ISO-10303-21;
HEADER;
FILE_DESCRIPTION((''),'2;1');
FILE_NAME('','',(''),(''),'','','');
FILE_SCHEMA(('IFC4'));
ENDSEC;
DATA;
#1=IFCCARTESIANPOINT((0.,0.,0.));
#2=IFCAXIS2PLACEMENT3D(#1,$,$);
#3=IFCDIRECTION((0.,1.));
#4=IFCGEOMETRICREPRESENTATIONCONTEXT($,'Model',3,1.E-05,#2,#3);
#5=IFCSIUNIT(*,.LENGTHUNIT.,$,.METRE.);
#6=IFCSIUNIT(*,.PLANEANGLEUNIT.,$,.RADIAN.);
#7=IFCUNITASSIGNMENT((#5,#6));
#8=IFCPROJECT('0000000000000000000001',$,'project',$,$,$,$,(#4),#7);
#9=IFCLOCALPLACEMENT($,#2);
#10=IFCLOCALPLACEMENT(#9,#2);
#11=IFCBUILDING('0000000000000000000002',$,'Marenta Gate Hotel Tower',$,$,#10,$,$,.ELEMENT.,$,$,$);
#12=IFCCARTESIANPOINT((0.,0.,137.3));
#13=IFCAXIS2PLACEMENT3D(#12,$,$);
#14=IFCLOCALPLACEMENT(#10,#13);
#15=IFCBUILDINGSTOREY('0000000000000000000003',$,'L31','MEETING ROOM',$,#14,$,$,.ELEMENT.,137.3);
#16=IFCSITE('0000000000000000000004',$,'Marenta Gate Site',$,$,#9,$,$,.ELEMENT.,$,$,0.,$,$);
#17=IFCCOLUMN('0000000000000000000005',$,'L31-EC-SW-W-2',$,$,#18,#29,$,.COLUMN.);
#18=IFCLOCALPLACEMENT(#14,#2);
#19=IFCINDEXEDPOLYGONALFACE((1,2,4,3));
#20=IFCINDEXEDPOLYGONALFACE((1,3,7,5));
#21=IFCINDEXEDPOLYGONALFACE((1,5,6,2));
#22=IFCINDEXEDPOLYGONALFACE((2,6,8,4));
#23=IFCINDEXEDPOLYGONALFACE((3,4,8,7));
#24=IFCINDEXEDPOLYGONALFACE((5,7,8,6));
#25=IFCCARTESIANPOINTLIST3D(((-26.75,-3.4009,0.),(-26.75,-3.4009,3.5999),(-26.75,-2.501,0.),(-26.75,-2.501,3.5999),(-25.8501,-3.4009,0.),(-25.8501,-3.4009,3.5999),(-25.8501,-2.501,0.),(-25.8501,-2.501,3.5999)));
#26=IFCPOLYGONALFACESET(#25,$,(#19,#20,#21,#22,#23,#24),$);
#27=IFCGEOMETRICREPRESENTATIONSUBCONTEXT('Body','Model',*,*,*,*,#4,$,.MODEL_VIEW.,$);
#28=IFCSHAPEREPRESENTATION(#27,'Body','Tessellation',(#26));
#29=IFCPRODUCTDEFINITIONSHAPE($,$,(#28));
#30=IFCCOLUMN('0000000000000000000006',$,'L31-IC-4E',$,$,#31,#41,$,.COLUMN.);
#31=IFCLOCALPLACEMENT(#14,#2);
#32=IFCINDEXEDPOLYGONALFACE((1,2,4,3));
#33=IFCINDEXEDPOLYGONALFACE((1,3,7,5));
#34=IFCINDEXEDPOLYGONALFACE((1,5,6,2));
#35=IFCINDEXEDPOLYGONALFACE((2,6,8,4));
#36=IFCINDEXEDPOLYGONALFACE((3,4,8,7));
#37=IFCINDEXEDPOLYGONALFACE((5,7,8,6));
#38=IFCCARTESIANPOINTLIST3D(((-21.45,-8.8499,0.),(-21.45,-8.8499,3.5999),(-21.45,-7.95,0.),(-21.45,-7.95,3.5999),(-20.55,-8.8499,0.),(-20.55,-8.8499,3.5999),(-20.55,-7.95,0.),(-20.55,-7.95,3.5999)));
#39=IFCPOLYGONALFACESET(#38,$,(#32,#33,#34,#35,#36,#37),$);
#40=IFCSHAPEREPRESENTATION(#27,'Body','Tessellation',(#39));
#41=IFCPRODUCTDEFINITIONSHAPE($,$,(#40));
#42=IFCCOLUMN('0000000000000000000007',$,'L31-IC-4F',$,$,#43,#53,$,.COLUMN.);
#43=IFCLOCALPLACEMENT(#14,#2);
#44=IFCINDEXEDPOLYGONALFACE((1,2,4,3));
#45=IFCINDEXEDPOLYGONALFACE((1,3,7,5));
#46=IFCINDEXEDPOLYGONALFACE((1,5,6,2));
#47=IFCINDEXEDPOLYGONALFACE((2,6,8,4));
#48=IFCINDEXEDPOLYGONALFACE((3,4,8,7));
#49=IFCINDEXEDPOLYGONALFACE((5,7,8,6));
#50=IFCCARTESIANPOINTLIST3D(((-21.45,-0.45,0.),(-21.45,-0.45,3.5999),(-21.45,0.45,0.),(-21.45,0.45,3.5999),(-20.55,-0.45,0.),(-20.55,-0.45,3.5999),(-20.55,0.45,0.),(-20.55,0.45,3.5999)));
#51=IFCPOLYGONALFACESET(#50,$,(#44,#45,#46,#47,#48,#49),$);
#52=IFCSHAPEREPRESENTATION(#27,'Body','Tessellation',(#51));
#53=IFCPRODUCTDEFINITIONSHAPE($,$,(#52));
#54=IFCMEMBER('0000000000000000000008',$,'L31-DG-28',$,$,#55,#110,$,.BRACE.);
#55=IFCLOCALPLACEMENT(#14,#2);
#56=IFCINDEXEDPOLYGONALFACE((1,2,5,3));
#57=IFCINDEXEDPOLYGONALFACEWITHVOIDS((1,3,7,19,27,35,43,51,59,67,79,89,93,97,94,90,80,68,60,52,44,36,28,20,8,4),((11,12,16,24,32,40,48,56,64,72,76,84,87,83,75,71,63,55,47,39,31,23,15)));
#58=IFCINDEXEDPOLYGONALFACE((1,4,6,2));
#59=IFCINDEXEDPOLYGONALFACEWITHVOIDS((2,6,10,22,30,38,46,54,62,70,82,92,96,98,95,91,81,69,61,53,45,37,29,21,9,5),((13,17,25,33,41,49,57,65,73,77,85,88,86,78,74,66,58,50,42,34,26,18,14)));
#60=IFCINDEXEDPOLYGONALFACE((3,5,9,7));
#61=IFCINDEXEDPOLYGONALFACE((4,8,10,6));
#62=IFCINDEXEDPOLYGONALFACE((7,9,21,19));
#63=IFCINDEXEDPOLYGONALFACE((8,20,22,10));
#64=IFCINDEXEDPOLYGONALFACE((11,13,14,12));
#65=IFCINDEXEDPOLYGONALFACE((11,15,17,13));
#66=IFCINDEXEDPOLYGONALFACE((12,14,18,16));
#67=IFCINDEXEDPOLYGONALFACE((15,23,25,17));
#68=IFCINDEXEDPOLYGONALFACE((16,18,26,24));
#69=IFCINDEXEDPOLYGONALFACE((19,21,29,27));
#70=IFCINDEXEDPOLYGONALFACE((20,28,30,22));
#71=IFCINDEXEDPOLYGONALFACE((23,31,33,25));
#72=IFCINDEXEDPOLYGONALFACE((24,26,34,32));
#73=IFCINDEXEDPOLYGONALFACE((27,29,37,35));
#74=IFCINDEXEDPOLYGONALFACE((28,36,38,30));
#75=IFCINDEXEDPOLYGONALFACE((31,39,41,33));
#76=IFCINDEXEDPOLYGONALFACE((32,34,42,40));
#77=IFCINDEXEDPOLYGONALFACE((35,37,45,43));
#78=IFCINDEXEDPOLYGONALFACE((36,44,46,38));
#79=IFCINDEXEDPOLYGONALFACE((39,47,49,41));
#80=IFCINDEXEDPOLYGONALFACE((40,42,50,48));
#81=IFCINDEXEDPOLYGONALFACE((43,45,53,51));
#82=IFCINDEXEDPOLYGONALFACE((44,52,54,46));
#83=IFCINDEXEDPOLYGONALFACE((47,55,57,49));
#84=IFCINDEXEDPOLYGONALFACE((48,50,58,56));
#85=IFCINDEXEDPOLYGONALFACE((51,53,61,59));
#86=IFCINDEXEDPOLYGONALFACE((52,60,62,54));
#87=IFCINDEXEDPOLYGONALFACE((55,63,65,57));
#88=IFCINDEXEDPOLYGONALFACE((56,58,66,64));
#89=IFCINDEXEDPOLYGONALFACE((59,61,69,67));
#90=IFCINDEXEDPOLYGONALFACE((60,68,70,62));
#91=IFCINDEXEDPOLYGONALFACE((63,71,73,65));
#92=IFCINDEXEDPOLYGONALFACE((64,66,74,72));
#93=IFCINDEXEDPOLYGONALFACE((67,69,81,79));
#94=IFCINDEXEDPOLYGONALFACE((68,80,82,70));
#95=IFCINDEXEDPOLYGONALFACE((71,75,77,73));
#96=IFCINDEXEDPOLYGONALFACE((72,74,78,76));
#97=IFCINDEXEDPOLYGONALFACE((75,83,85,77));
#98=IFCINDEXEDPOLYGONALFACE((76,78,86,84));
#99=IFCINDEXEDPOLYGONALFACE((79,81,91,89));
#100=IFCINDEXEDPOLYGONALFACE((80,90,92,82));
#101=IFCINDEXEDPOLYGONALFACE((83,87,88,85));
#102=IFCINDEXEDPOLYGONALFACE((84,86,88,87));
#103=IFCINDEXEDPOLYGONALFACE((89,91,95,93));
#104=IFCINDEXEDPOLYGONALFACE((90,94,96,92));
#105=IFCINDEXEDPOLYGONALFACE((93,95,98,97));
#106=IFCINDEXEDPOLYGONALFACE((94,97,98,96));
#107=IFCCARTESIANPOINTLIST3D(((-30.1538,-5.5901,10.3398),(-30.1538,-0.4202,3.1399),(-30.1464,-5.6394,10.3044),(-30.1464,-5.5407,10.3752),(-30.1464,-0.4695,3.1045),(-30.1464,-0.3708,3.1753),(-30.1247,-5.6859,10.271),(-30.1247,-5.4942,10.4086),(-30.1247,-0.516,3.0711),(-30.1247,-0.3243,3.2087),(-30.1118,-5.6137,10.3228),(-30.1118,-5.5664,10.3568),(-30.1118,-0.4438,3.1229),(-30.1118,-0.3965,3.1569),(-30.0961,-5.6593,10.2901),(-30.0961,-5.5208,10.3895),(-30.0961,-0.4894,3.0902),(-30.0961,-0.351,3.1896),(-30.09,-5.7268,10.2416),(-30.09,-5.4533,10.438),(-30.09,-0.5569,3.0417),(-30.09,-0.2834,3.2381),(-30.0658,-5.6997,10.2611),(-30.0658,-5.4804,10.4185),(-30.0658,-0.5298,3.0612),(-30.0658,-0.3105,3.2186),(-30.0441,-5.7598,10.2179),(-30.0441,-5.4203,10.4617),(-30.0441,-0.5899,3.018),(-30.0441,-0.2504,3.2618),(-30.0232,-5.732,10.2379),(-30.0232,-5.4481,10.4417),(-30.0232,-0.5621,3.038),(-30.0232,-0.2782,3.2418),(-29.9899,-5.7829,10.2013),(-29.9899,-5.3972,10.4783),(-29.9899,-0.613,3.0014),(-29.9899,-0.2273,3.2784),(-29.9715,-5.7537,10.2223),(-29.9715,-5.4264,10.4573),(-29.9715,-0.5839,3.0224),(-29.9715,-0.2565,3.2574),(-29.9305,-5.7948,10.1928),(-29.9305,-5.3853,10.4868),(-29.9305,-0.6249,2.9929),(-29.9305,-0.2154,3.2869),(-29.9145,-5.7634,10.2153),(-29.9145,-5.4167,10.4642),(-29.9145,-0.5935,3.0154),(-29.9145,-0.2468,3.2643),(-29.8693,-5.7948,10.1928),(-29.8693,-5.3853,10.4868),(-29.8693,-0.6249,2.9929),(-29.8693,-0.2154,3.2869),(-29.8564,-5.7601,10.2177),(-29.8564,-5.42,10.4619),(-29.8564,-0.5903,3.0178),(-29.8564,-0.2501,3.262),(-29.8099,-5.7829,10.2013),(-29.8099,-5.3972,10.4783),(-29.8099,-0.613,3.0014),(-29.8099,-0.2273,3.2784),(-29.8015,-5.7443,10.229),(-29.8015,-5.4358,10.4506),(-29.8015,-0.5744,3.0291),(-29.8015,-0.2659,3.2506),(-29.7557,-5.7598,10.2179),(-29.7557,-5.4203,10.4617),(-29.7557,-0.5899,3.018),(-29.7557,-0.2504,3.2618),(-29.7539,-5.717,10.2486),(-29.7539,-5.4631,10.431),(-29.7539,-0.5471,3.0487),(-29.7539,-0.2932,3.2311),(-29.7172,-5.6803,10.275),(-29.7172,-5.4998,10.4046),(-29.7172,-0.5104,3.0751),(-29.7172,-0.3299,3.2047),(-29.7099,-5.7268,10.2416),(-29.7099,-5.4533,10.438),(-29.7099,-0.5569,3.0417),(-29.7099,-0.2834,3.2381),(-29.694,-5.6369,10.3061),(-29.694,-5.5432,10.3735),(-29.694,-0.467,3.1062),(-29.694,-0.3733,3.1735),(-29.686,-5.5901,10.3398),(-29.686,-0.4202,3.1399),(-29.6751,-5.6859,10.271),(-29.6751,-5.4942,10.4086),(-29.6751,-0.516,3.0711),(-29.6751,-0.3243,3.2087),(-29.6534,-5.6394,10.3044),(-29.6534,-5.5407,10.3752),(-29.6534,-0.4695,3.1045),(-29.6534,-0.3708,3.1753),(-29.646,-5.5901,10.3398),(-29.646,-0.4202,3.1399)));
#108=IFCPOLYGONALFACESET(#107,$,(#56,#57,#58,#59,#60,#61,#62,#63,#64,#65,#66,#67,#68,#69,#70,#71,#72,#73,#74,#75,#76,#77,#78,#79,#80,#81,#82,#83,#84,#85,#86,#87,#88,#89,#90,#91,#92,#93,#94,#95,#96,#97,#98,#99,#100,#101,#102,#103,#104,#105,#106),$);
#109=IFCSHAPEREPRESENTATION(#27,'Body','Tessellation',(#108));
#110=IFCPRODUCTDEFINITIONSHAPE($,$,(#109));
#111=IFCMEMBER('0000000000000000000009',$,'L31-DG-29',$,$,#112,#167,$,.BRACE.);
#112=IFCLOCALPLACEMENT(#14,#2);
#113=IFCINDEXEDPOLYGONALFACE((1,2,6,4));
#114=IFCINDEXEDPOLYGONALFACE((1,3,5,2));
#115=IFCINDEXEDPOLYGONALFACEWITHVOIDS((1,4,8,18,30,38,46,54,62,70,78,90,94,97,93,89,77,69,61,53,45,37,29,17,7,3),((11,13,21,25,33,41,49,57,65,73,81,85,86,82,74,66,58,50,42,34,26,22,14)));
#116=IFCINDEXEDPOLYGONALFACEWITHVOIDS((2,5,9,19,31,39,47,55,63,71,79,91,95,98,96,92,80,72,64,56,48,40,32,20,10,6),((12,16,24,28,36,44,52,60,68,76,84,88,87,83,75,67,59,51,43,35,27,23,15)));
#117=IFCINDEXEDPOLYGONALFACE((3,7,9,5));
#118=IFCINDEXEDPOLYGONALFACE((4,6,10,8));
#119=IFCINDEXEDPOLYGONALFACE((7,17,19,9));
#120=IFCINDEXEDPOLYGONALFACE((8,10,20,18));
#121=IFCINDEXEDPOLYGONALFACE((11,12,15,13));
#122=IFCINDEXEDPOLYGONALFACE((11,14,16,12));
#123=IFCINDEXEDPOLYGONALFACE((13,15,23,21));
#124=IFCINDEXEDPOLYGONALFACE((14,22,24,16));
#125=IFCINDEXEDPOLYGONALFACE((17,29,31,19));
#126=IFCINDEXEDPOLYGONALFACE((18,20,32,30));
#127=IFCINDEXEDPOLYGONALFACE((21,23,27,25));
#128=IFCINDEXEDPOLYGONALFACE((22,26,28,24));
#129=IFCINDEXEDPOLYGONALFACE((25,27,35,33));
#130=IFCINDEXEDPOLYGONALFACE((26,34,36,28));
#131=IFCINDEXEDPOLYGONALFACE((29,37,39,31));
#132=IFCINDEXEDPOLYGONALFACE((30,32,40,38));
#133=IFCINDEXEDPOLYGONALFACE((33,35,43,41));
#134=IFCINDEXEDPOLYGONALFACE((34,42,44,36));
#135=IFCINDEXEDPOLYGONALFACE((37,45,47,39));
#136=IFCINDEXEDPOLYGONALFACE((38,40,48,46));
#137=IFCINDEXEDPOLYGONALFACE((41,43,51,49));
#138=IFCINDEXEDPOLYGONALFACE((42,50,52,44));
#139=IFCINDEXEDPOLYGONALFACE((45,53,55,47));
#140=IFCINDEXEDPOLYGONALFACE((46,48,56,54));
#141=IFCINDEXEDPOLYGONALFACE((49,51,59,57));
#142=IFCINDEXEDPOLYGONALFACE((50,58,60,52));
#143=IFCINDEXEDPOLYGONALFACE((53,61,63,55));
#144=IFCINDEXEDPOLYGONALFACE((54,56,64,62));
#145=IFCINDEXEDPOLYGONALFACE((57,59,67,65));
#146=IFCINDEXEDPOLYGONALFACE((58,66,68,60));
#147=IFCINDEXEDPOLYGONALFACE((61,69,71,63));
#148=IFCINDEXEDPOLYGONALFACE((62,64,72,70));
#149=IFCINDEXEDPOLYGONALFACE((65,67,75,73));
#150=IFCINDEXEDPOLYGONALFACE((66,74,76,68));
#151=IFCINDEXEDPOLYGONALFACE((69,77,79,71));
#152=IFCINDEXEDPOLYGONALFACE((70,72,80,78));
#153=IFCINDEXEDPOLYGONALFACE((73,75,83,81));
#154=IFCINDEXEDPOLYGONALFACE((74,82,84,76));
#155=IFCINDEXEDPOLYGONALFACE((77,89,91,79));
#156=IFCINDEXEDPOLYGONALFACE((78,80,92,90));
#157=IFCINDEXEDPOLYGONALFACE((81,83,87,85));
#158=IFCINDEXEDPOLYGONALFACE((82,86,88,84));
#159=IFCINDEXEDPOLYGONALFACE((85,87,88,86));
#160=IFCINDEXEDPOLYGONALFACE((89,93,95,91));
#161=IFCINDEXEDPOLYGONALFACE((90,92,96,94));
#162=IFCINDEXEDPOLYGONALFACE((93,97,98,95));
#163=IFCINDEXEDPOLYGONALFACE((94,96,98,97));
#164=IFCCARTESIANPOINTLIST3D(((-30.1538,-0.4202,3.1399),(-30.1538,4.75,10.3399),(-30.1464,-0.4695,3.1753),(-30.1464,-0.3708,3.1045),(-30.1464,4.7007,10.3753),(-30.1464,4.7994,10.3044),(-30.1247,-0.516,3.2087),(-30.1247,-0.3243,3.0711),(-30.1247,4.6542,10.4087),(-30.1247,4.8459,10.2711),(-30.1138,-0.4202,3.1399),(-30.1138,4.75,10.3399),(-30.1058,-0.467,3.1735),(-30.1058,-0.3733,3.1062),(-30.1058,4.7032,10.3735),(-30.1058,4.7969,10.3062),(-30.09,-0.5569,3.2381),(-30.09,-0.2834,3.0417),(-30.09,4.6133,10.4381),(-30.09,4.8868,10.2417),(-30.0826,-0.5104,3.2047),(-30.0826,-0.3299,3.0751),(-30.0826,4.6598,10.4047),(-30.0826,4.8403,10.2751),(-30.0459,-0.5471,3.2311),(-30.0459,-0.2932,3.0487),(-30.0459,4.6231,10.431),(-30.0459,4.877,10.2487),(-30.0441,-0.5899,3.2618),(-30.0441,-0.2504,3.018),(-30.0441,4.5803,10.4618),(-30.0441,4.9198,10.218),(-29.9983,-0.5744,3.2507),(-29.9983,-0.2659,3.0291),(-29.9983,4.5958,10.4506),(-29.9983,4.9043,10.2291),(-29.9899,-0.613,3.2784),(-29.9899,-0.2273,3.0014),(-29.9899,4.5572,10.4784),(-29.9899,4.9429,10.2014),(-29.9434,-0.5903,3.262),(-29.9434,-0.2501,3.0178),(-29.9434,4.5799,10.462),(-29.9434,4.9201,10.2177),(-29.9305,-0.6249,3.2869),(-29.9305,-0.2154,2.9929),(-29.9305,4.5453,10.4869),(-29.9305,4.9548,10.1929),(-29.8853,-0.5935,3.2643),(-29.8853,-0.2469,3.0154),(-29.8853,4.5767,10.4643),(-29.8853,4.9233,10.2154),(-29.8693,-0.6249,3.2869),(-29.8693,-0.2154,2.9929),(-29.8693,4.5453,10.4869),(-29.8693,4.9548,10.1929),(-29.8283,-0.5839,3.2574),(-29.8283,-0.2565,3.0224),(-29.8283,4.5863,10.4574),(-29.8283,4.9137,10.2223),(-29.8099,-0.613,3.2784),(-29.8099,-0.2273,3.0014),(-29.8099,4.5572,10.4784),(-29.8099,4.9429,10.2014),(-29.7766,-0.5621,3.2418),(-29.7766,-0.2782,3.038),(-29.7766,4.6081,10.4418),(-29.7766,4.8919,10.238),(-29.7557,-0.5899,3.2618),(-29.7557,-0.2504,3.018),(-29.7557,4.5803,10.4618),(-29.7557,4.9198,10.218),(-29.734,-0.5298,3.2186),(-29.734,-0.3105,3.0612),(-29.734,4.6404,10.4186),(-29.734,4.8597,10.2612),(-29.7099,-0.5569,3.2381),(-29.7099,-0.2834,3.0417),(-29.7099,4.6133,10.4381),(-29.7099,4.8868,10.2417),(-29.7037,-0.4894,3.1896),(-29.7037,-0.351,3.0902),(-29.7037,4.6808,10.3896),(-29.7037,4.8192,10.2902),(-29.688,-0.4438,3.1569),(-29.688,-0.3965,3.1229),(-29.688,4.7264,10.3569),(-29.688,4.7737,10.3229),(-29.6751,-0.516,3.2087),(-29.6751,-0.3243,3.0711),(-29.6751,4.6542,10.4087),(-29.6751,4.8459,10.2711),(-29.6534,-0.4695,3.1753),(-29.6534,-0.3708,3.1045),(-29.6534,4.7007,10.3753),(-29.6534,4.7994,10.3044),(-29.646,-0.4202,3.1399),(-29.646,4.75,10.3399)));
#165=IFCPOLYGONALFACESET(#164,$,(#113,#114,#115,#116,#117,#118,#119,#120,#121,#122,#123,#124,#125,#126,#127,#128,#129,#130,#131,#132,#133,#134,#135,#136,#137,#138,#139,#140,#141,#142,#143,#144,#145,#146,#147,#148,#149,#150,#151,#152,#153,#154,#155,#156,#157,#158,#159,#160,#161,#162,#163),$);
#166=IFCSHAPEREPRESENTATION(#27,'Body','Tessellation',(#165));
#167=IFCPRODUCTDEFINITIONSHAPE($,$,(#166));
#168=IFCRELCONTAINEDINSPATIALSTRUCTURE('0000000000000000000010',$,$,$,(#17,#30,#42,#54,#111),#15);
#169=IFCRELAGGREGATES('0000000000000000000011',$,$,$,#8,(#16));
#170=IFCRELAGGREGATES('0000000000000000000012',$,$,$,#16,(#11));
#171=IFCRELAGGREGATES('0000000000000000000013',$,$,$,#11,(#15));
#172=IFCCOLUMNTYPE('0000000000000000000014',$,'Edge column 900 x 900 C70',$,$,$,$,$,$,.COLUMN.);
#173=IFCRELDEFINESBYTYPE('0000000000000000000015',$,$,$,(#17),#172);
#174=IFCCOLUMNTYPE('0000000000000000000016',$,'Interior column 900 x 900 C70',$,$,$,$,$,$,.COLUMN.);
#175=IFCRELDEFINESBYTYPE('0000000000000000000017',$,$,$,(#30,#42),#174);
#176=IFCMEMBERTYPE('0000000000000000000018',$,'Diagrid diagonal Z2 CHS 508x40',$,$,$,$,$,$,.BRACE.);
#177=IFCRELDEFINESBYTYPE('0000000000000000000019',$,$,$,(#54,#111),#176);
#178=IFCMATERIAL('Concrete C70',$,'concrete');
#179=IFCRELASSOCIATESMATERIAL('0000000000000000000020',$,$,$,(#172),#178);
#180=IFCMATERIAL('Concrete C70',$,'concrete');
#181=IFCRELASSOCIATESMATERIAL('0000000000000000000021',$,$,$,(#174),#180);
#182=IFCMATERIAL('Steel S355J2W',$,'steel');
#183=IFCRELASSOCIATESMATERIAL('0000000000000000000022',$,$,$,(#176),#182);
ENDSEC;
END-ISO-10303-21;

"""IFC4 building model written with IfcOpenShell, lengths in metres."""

from ifc_helpers import new_model, si_unit, direction, frame, origin, origin_2d, place, context, subcontext, project, spatial, rectangle, hollow_circle, extrude, material, material_profile, profile_set, type_object, element, save


model = new_model("IFC4")

# Units and contexts
model_context = context("Model", 3, precision=1e-05, world=origin(), true_north=direction((0.0, 1.0)))
body_context = subcontext(model_context, "Body", "Model", "MODEL_VIEW")
ifc_project = project(units=[si_unit("LENGTHUNIT", "METRE"), si_unit("PLANEANGLEUNIT", "RADIAN")], contexts=[model_context])

# Site, building, storey
site_placement = place(None, origin())
site = spatial("IfcSite", under=ifc_project, at=site_placement, Name="Marenta Gate Site", CompositionType="ELEMENT", RefElevation=0.0)
building_placement = place(site_placement, origin())
building = spatial("IfcBuilding", under=site, at=building_placement, Name="Marenta Gate Hotel Tower", CompositionType="ELEMENT")
storey_placement = place(building_placement, frame((0.0, 0.0, 137.3)))
storey = spatial("IfcBuildingStorey", under=building, at=storey_placement, Name="L31", Description="MEETING ROOM", CompositionType="ELEMENT", Elevation=137.3)

# Columns
ifc_material_1 = material(Name="Concrete C70", Category="concrete")
ifc_material_profile_1 = material_profile(ifc_material_1, rectangle(XDim=0.8999, YDim=0.8999, at=origin_2d()), Name="900 x 900")
ifc_profile_set_1 = profile_set([ifc_material_profile_1], Name="Concrete C70")
column_type_1 = type_object("IfcColumnType", Name="Edge column 900 x 900 C70", PredefinedType="COLUMN", material=ifc_profile_set_1)
column_placement = place(storey_placement, frame((-26.3, -2.9509, 0.0), z_axis=(0.0, 0.0, 1.0), x_axis=(1.0, 0.0, 0.0)))
element("IfcColumn", 1, at=column_placement, inside=storey, type_object=column_type_1, Name="L31-EC-SW-W-2", PredefinedType="COLUMN", context=body_context, shape_type="SweptSolid", body=[
    extrude(rectangle(XDim=0.8999, YDim=0.8999, at=origin_2d()), origin(), (0.0, 0.0, 1.0), 3.5999),
])
ifc_material_2 = material(Name="Concrete C70", Category="concrete")
ifc_material_profile_2 = material_profile(ifc_material_2, rectangle(XDim=0.8999, YDim=0.8999, at=origin_2d()), Name="900 x 900")
ifc_profile_set_2 = profile_set([ifc_material_profile_2], Name="Concrete C70")
column_type_2 = type_object("IfcColumnType", Name="Interior column 900 x 900 C70", PredefinedType="COLUMN", material=ifc_profile_set_2)
for number, where, z_axis, x_axis, name in (
    (2, (-21.0, -8.3999, 0.0), (0.0, 0.0, 1.0), (1.0, 0.0, 0.0), "L31-IC-4E"),
    (3, (-21.0, 0.0, 0.0), (0.0, 0.0, 1.0), (1.0, 0.0, 0.0), "L31-IC-4F"),
):
    element("IfcColumn", number, at=place(storey_placement, frame(where, z_axis=z_axis, x_axis=x_axis)), inside=storey, type_object=column_type_2, Name=name, PredefinedType="COLUMN", context=body_context, shape_type="SweptSolid", body=[
        extrude(rectangle(XDim=0.8999, YDim=0.8999, at=origin_2d()), origin(), (0.0, 0.0, 1.0), 3.5999),
    ])

# Members
ifc_material_3 = material(Name="Steel S355J2W", Category="steel")
ifc_material_profile_3 = material_profile(ifc_material_3, hollow_circle(Radius=0.2539, WallThickness=0.04, at=origin_2d()), Name="CHS 508x40")
ifc_profile_set_3 = profile_set([ifc_material_profile_3], Name="Steel S355J2W")
member_type_1 = type_object("IfcMemberType", Name="Diagrid diagonal Z2 CHS 508x40", PredefinedType="BRACE", material=ifc_profile_set_3)
member_1_placement = place(storey_placement, frame((-29.8999, -0.4202, 3.1399), z_axis=(0.0, -0.583261, 0.812285), x_axis=(1.0, 0.0, 0.0)))
element("IfcMember", 4, at=member_1_placement, inside=storey, type_object=member_type_1, Name="L31-DG-28", PredefinedType="BRACE", context=body_context, shape_type="SweptSolid", body=[
    extrude(hollow_circle(Radius=0.2539, WallThickness=0.04, at=origin_2d()), origin(), (0.0, 0.0, 1.0), 8.8638),
])
member_2_placement = place(storey_placement, frame((-29.8999, -0.4202, 3.1399), z_axis=(0.0, 0.583279, 0.812272), x_axis=(-1.0, 0.0, 0.0)))
element("IfcMember", 5, at=member_2_placement, inside=storey, type_object=member_type_1, Name="L31-DG-29", PredefinedType="BRACE", context=body_context, shape_type="SweptSolid", body=[
    extrude(hollow_circle(Radius=0.2539, WallThickness=0.04, at=origin_2d()), origin(), (0.0, 0.0, 1.0), 8.864),
])

save(model, "model.ifc")
